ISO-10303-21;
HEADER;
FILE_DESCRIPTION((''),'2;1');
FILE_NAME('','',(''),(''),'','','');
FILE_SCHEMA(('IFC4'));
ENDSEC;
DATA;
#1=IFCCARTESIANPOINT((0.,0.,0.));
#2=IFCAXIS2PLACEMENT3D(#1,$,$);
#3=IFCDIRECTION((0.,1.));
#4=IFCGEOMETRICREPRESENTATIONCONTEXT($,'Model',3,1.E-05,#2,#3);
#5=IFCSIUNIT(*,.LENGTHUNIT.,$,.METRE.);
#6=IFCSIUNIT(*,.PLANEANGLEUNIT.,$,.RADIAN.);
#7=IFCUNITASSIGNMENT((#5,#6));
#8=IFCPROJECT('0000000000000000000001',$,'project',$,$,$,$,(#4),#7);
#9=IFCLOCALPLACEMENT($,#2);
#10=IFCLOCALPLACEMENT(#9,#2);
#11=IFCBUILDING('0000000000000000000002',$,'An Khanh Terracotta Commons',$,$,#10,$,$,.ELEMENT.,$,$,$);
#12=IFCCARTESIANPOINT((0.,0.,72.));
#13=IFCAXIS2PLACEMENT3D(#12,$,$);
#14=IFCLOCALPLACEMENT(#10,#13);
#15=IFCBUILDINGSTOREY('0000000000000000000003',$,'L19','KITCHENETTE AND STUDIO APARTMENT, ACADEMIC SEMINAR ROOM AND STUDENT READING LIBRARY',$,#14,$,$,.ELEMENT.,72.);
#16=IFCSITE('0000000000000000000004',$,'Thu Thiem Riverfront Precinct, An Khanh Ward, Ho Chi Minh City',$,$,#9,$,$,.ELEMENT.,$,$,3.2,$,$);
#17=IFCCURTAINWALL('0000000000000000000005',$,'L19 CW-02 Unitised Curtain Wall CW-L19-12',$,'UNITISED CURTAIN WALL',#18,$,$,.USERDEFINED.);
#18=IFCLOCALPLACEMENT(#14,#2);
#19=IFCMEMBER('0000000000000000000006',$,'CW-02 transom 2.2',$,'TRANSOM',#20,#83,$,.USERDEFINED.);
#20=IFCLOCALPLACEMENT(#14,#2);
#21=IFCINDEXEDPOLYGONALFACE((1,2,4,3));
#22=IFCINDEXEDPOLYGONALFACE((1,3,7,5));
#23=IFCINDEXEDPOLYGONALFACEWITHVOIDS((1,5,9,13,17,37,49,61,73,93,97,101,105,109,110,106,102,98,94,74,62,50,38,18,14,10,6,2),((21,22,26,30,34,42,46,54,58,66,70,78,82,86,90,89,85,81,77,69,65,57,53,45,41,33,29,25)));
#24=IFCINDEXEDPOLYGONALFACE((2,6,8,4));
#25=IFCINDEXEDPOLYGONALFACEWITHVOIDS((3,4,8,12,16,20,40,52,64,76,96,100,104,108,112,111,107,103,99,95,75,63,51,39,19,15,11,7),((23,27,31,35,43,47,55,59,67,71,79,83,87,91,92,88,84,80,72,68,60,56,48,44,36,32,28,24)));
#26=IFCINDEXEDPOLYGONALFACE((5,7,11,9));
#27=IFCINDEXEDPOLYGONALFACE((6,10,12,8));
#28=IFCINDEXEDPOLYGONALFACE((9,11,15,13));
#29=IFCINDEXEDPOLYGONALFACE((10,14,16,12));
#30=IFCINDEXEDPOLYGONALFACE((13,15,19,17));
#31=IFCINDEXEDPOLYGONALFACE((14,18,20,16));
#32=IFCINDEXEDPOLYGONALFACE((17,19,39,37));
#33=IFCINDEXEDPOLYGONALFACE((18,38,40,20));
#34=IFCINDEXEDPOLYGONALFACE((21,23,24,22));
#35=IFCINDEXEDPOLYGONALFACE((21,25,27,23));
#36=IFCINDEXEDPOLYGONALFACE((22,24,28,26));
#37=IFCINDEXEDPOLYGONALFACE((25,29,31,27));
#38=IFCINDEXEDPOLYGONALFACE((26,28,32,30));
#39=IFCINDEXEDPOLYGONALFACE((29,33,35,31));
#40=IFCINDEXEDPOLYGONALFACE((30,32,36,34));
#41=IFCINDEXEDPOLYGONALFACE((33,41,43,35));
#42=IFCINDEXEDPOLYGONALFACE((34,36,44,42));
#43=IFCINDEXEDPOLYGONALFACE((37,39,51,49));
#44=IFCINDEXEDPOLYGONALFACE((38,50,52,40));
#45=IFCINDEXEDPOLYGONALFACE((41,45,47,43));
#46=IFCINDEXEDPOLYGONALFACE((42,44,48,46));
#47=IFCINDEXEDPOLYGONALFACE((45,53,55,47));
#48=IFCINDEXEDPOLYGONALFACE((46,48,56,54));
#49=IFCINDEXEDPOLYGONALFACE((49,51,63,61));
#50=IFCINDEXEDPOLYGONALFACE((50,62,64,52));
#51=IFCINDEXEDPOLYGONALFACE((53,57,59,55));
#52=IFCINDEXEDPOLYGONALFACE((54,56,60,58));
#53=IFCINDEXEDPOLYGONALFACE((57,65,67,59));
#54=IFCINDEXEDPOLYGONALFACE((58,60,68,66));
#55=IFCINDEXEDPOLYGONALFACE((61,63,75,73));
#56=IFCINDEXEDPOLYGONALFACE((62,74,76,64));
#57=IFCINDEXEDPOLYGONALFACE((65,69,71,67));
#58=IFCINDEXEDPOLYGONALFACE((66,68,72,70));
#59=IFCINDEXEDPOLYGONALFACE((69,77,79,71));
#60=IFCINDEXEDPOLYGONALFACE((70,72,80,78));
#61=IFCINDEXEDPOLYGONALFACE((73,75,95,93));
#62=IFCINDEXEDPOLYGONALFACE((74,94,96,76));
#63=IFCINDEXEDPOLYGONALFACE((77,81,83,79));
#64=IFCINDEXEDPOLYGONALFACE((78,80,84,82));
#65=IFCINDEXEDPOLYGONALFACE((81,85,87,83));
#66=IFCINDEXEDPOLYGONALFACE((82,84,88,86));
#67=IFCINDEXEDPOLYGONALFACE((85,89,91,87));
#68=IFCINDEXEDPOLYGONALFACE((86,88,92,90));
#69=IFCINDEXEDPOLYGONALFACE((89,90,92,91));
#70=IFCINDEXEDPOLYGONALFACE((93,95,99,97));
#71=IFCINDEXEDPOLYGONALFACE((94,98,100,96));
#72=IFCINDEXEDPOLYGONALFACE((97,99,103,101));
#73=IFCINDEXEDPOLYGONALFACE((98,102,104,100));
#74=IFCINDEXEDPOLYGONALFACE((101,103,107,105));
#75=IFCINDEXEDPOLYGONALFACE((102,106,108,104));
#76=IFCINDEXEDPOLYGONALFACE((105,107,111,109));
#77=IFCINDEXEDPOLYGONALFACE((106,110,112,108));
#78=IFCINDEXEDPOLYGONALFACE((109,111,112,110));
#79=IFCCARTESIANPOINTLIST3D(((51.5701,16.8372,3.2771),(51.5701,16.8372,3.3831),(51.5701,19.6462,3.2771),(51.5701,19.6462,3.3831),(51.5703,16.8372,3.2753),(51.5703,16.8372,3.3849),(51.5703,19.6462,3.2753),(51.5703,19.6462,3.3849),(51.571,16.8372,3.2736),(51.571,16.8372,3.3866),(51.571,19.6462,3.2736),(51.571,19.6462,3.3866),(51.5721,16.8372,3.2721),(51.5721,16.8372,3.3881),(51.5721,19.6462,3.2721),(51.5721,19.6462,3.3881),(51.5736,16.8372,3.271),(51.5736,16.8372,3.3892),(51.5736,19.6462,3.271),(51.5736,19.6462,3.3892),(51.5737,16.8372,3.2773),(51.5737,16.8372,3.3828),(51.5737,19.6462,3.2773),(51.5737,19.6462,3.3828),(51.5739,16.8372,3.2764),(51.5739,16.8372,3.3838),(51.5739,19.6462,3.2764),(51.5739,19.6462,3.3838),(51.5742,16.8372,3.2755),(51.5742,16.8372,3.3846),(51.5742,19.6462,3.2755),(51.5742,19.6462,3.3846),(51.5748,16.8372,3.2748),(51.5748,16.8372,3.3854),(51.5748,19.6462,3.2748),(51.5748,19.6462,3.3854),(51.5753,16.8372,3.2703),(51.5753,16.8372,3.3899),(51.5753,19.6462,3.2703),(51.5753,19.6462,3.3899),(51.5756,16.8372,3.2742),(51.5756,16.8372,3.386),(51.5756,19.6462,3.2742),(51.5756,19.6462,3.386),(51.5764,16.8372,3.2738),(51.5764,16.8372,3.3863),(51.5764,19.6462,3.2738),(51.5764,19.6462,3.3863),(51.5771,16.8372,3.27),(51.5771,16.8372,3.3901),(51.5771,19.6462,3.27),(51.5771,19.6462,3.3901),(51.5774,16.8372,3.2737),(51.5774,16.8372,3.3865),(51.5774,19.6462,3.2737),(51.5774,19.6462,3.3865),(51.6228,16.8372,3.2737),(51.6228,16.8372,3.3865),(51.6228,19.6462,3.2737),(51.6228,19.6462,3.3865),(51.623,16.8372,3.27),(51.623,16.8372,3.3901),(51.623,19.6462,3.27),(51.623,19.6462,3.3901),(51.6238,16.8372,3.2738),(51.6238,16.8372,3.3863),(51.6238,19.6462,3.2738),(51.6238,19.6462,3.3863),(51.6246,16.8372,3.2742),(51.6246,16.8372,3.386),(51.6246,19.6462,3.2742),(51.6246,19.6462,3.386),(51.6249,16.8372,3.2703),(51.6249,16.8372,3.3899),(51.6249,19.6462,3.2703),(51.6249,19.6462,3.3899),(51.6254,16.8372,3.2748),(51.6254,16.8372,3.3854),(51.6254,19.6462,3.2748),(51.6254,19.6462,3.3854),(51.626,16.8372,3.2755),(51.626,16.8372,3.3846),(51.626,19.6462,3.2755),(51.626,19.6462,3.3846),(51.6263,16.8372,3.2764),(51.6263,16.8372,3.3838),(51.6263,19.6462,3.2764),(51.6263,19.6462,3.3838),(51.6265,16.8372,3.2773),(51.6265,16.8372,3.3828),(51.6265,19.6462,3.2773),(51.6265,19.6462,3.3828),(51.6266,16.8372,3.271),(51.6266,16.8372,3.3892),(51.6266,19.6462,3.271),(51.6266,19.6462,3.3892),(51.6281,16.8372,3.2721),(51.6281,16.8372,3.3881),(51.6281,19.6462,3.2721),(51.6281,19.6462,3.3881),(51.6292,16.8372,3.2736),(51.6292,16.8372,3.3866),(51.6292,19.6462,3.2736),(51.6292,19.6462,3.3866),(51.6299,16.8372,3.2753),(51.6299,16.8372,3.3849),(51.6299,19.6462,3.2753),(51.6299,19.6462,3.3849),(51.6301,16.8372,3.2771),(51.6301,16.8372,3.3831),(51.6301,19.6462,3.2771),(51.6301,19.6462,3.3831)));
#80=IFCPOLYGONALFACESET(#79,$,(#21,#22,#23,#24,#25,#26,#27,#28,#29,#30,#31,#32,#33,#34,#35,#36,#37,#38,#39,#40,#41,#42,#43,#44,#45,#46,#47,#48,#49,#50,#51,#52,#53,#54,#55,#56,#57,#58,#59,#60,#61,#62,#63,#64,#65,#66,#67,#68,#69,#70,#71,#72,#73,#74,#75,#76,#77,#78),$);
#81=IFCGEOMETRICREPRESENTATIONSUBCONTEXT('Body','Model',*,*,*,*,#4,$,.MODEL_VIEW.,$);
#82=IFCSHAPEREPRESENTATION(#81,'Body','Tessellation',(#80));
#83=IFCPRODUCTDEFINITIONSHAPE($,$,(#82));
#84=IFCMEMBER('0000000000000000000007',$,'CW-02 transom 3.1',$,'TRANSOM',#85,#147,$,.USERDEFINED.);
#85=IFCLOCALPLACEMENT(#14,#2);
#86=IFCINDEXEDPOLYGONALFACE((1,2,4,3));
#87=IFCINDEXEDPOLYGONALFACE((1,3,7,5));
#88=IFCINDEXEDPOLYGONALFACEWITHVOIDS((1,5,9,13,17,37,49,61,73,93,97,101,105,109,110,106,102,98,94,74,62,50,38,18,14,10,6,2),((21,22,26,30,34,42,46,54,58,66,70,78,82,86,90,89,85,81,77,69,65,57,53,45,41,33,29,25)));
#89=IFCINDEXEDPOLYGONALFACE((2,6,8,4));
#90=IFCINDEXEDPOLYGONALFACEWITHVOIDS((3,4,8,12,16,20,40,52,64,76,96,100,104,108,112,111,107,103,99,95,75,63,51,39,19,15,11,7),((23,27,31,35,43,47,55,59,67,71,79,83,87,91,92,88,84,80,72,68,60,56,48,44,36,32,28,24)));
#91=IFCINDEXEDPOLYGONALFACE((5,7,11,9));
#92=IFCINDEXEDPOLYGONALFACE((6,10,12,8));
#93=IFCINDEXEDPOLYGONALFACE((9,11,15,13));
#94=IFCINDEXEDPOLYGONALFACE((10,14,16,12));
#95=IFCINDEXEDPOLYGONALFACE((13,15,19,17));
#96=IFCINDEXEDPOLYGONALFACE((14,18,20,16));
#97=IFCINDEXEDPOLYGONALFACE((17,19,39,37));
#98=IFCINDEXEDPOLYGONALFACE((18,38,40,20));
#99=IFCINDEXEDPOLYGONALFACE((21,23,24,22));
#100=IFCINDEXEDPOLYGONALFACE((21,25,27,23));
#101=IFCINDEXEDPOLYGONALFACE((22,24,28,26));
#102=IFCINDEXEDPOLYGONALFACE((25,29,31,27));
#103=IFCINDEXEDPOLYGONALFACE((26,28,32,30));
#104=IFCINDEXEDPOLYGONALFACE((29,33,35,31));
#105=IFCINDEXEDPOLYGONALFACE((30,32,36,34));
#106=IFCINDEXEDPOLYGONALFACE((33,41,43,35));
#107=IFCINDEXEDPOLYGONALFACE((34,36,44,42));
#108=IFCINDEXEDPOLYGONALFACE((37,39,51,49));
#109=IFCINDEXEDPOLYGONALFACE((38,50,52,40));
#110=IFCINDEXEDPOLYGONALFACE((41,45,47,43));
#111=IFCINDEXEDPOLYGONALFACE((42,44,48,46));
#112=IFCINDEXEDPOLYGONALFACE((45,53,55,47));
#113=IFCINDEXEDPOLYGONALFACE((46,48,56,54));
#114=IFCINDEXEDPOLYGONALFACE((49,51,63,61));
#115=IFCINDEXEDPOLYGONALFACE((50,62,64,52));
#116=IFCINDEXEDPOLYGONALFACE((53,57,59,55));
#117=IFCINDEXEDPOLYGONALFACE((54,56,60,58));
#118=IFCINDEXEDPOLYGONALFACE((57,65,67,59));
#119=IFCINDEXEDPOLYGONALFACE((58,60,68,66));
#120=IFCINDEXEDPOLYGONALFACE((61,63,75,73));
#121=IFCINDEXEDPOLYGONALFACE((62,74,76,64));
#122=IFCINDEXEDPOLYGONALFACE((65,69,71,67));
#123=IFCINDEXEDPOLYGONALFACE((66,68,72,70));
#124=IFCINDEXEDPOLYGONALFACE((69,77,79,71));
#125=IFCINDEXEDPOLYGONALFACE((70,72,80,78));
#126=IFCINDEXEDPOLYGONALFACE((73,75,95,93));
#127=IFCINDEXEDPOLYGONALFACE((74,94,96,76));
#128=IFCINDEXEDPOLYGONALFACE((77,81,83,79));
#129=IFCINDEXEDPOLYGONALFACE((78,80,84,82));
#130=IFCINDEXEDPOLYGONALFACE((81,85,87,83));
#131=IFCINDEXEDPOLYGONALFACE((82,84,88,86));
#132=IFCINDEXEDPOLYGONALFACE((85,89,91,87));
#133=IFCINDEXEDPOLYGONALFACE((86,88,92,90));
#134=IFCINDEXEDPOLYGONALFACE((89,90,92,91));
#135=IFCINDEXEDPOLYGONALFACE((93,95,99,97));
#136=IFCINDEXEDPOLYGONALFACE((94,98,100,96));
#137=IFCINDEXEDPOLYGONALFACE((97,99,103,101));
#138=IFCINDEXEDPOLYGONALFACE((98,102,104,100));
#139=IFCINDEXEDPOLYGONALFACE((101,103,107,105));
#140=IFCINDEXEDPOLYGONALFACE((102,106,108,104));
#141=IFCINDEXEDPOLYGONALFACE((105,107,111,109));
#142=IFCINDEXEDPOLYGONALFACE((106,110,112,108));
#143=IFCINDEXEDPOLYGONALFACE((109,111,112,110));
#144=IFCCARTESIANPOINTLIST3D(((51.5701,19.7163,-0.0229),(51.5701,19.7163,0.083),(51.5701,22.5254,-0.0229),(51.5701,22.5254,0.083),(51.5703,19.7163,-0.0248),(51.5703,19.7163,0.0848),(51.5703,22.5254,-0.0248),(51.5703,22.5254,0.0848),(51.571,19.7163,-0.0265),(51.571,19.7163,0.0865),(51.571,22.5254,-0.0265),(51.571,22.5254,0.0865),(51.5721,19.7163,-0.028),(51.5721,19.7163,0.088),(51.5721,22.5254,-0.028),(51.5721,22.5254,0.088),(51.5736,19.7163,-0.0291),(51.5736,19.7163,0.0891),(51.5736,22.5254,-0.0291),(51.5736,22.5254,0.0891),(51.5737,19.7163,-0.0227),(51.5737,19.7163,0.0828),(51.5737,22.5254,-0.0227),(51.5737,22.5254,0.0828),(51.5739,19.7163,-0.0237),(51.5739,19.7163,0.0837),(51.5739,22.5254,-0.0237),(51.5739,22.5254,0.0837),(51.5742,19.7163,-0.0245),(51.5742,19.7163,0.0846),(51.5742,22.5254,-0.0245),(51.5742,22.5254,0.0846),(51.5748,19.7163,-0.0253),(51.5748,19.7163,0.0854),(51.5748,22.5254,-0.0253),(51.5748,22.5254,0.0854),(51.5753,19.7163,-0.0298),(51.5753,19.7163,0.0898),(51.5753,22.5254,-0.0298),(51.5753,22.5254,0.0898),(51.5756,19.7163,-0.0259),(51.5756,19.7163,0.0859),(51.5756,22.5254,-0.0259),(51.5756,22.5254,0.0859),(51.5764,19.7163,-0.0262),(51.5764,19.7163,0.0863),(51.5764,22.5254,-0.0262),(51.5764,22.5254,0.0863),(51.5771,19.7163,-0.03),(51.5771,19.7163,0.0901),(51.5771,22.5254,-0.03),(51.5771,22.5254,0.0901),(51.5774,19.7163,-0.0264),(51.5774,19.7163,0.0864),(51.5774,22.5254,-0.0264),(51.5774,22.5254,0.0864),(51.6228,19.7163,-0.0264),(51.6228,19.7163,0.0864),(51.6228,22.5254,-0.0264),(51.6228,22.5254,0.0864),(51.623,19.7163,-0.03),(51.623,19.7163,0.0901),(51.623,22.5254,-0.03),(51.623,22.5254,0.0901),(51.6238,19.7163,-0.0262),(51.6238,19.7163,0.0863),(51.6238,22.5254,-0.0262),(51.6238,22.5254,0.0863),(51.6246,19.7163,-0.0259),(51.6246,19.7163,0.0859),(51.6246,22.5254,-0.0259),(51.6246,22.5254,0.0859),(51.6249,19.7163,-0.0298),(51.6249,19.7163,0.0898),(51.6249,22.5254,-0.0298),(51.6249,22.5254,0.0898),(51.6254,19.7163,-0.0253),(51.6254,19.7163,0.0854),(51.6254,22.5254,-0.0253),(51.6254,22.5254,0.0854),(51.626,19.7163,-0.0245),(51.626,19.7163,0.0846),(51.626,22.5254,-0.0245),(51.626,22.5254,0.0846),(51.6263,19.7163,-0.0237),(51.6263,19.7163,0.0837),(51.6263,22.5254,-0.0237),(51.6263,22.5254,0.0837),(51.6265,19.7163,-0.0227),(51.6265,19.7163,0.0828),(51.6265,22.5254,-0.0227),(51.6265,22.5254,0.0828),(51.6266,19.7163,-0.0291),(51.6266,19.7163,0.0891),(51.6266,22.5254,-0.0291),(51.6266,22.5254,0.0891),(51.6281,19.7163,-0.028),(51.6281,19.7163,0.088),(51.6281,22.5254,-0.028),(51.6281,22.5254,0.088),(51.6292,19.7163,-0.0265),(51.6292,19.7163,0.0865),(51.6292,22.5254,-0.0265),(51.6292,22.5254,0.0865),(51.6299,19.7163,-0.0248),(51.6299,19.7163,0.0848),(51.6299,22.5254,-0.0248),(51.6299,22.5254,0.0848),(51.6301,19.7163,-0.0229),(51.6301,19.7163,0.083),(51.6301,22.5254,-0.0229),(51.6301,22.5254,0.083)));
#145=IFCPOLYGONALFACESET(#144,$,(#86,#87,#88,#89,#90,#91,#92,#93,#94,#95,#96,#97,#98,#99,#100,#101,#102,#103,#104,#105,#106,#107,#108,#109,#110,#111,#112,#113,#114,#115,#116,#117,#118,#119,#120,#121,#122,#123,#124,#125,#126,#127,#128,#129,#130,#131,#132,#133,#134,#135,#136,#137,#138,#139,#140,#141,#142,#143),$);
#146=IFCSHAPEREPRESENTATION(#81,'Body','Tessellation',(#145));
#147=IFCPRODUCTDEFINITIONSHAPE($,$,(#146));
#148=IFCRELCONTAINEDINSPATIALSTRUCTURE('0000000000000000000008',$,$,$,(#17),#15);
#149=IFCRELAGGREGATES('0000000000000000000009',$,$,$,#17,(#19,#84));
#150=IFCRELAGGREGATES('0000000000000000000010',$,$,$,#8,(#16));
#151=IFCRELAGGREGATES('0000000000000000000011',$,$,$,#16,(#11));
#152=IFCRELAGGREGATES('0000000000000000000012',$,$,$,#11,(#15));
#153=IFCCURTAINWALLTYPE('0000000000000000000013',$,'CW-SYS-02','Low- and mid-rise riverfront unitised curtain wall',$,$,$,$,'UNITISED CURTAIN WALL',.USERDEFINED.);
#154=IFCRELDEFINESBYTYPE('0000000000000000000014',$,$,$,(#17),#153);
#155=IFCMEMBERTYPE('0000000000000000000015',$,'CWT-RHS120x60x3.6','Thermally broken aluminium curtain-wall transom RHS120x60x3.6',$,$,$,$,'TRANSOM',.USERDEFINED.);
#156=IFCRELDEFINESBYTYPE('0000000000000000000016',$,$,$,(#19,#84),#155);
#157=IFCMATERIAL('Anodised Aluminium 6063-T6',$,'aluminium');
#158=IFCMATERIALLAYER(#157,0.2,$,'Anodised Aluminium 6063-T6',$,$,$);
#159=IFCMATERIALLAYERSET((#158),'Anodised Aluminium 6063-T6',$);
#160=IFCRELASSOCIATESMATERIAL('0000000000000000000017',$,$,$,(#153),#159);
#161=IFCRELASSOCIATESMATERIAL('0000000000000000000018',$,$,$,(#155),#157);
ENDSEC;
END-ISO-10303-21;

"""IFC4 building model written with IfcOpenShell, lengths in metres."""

from ifc_helpers import new_model, si_unit, direction, frame, origin, origin_2d, place, context, subcontext, project, spatial, hollow_rectangle, extrude, material, layer, layer_set, material_profile, profile_set, type_object, element, aggregate, save


model = new_model("IFC4")

# Units and contexts
model_context = context("Model", 3, precision=1e-05, world=origin(), true_north=direction((0.0, 1.0)))
body_context = subcontext(model_context, "Body", "Model", "MODEL_VIEW")
ifc_project = project(units=[si_unit("LENGTHUNIT", "METRE"), si_unit("PLANEANGLEUNIT", "RADIAN")], contexts=[model_context])

# Site, building, storey
site_placement = place(None, origin())
site = spatial("IfcSite", under=ifc_project, at=site_placement, Name="Thu Thiem Riverfront Precinct, An Khanh Ward, Ho Chi Minh City", CompositionType="ELEMENT", RefElevation=3.2)
building_placement = place(site_placement, origin())
building = spatial("IfcBuilding", under=site, at=building_placement, Name="An Khanh Terracotta Commons", CompositionType="ELEMENT")
storey_placement = place(building_placement, frame((0.0, 0.0, 72.0)))
storey = spatial("IfcBuildingStorey", under=building, at=storey_placement, Name="L19", Description="KITCHENETTE AND STUDIO APARTMENT, ACADEMIC SEMINAR ROOM AND STUDENT READING LIBRARY", CompositionType="ELEMENT", Elevation=72.0)

# Curtain wall, members
ifc_material_1 = material(Name="Anodised Aluminium 6063-T6", Category="aluminium")
ifc_layer_1 = layer(ifc_material_1, 0.2, Name="Anodised Aluminium 6063-T6")
ifc_layer_set_1 = layer_set([ifc_layer_1], Name="Anodised Aluminium 6063-T6")
curtain_wall_type = type_object("IfcCurtainWallType", Name="CW-SYS-02", Description="Low- and mid-rise riverfront unitised curtain wall", ElementType="UNITISED CURTAIN WALL", PredefinedType="USERDEFINED", material=ifc_layer_set_1)
curtain_wall_placement = place(storey_placement, origin())
curtain_wall = element("IfcCurtainWall", 1, at=curtain_wall_placement, inside=storey, type_object=curtain_wall_type, Name="L19 CW-02 Unitised Curtain Wall CW-L19-12", ObjectType="UNITISED CURTAIN WALL", PredefinedType="USERDEFINED")
ifc_material_profile_1 = material_profile(ifc_material_1, hollow_rectangle(XDim=0.0601, YDim=0.1201, WallThickness=0.0037, InnerFilletRadius=0.0037, OuterFilletRadius=0.0071, at=origin_2d()), Name="RHS120x60x3.6")
ifc_profile_set_1 = profile_set([ifc_material_profile_1], Name="Anodised Aluminium 6063-T6")
member_type_1 = type_object("IfcMemberType", Name="CWT-RHS120x60x3.6", Description="Thermally broken aluminium curtain-wall transom RHS120x60x3.6", ElementType="TRANSOM", PredefinedType="USERDEFINED", material=ifc_profile_set_1)
member_1_placement = place(storey_placement, frame((51.6001, 16.8372, 3.3301), z_axis=(0.0, 1.0, 0.0), x_axis=(-1.0, 0.0, 0.0)))
member_1 = element("IfcMember", 2, at=member_1_placement, type_object=member_type_1, Name="CW-02 transom 2.2", ObjectType="TRANSOM", PredefinedType="USERDEFINED", context=body_context, shape_type="SweptSolid", body=[
    extrude(hollow_rectangle(XDim=0.0601, YDim=0.1201, WallThickness=0.0037, InnerFilletRadius=0.0037, OuterFilletRadius=0.0071, at=origin_2d()), origin(), (0.0, 0.0, 1.0), 2.8091),
])
member_2_placement = place(storey_placement, frame((51.6001, 19.7163, 0.03), z_axis=(0.0, 1.0, 0.0), x_axis=(-1.0, 0.0, 0.0)))
member_2 = element("IfcMember", 3, at=member_2_placement, type_object=member_type_1, Name="CW-02 transom 3.1", ObjectType="TRANSOM", PredefinedType="USERDEFINED", context=body_context, shape_type="SweptSolid", body=[
    extrude(hollow_rectangle(XDim=0.0601, YDim=0.1201, WallThickness=0.0037, InnerFilletRadius=0.0037, OuterFilletRadius=0.0071, at=origin_2d()), origin(), (0.0, 0.0, 1.0), 2.8091),
])
aggregate(curtain_wall, [member_1, member_2])

save(model, "model.ifc")
